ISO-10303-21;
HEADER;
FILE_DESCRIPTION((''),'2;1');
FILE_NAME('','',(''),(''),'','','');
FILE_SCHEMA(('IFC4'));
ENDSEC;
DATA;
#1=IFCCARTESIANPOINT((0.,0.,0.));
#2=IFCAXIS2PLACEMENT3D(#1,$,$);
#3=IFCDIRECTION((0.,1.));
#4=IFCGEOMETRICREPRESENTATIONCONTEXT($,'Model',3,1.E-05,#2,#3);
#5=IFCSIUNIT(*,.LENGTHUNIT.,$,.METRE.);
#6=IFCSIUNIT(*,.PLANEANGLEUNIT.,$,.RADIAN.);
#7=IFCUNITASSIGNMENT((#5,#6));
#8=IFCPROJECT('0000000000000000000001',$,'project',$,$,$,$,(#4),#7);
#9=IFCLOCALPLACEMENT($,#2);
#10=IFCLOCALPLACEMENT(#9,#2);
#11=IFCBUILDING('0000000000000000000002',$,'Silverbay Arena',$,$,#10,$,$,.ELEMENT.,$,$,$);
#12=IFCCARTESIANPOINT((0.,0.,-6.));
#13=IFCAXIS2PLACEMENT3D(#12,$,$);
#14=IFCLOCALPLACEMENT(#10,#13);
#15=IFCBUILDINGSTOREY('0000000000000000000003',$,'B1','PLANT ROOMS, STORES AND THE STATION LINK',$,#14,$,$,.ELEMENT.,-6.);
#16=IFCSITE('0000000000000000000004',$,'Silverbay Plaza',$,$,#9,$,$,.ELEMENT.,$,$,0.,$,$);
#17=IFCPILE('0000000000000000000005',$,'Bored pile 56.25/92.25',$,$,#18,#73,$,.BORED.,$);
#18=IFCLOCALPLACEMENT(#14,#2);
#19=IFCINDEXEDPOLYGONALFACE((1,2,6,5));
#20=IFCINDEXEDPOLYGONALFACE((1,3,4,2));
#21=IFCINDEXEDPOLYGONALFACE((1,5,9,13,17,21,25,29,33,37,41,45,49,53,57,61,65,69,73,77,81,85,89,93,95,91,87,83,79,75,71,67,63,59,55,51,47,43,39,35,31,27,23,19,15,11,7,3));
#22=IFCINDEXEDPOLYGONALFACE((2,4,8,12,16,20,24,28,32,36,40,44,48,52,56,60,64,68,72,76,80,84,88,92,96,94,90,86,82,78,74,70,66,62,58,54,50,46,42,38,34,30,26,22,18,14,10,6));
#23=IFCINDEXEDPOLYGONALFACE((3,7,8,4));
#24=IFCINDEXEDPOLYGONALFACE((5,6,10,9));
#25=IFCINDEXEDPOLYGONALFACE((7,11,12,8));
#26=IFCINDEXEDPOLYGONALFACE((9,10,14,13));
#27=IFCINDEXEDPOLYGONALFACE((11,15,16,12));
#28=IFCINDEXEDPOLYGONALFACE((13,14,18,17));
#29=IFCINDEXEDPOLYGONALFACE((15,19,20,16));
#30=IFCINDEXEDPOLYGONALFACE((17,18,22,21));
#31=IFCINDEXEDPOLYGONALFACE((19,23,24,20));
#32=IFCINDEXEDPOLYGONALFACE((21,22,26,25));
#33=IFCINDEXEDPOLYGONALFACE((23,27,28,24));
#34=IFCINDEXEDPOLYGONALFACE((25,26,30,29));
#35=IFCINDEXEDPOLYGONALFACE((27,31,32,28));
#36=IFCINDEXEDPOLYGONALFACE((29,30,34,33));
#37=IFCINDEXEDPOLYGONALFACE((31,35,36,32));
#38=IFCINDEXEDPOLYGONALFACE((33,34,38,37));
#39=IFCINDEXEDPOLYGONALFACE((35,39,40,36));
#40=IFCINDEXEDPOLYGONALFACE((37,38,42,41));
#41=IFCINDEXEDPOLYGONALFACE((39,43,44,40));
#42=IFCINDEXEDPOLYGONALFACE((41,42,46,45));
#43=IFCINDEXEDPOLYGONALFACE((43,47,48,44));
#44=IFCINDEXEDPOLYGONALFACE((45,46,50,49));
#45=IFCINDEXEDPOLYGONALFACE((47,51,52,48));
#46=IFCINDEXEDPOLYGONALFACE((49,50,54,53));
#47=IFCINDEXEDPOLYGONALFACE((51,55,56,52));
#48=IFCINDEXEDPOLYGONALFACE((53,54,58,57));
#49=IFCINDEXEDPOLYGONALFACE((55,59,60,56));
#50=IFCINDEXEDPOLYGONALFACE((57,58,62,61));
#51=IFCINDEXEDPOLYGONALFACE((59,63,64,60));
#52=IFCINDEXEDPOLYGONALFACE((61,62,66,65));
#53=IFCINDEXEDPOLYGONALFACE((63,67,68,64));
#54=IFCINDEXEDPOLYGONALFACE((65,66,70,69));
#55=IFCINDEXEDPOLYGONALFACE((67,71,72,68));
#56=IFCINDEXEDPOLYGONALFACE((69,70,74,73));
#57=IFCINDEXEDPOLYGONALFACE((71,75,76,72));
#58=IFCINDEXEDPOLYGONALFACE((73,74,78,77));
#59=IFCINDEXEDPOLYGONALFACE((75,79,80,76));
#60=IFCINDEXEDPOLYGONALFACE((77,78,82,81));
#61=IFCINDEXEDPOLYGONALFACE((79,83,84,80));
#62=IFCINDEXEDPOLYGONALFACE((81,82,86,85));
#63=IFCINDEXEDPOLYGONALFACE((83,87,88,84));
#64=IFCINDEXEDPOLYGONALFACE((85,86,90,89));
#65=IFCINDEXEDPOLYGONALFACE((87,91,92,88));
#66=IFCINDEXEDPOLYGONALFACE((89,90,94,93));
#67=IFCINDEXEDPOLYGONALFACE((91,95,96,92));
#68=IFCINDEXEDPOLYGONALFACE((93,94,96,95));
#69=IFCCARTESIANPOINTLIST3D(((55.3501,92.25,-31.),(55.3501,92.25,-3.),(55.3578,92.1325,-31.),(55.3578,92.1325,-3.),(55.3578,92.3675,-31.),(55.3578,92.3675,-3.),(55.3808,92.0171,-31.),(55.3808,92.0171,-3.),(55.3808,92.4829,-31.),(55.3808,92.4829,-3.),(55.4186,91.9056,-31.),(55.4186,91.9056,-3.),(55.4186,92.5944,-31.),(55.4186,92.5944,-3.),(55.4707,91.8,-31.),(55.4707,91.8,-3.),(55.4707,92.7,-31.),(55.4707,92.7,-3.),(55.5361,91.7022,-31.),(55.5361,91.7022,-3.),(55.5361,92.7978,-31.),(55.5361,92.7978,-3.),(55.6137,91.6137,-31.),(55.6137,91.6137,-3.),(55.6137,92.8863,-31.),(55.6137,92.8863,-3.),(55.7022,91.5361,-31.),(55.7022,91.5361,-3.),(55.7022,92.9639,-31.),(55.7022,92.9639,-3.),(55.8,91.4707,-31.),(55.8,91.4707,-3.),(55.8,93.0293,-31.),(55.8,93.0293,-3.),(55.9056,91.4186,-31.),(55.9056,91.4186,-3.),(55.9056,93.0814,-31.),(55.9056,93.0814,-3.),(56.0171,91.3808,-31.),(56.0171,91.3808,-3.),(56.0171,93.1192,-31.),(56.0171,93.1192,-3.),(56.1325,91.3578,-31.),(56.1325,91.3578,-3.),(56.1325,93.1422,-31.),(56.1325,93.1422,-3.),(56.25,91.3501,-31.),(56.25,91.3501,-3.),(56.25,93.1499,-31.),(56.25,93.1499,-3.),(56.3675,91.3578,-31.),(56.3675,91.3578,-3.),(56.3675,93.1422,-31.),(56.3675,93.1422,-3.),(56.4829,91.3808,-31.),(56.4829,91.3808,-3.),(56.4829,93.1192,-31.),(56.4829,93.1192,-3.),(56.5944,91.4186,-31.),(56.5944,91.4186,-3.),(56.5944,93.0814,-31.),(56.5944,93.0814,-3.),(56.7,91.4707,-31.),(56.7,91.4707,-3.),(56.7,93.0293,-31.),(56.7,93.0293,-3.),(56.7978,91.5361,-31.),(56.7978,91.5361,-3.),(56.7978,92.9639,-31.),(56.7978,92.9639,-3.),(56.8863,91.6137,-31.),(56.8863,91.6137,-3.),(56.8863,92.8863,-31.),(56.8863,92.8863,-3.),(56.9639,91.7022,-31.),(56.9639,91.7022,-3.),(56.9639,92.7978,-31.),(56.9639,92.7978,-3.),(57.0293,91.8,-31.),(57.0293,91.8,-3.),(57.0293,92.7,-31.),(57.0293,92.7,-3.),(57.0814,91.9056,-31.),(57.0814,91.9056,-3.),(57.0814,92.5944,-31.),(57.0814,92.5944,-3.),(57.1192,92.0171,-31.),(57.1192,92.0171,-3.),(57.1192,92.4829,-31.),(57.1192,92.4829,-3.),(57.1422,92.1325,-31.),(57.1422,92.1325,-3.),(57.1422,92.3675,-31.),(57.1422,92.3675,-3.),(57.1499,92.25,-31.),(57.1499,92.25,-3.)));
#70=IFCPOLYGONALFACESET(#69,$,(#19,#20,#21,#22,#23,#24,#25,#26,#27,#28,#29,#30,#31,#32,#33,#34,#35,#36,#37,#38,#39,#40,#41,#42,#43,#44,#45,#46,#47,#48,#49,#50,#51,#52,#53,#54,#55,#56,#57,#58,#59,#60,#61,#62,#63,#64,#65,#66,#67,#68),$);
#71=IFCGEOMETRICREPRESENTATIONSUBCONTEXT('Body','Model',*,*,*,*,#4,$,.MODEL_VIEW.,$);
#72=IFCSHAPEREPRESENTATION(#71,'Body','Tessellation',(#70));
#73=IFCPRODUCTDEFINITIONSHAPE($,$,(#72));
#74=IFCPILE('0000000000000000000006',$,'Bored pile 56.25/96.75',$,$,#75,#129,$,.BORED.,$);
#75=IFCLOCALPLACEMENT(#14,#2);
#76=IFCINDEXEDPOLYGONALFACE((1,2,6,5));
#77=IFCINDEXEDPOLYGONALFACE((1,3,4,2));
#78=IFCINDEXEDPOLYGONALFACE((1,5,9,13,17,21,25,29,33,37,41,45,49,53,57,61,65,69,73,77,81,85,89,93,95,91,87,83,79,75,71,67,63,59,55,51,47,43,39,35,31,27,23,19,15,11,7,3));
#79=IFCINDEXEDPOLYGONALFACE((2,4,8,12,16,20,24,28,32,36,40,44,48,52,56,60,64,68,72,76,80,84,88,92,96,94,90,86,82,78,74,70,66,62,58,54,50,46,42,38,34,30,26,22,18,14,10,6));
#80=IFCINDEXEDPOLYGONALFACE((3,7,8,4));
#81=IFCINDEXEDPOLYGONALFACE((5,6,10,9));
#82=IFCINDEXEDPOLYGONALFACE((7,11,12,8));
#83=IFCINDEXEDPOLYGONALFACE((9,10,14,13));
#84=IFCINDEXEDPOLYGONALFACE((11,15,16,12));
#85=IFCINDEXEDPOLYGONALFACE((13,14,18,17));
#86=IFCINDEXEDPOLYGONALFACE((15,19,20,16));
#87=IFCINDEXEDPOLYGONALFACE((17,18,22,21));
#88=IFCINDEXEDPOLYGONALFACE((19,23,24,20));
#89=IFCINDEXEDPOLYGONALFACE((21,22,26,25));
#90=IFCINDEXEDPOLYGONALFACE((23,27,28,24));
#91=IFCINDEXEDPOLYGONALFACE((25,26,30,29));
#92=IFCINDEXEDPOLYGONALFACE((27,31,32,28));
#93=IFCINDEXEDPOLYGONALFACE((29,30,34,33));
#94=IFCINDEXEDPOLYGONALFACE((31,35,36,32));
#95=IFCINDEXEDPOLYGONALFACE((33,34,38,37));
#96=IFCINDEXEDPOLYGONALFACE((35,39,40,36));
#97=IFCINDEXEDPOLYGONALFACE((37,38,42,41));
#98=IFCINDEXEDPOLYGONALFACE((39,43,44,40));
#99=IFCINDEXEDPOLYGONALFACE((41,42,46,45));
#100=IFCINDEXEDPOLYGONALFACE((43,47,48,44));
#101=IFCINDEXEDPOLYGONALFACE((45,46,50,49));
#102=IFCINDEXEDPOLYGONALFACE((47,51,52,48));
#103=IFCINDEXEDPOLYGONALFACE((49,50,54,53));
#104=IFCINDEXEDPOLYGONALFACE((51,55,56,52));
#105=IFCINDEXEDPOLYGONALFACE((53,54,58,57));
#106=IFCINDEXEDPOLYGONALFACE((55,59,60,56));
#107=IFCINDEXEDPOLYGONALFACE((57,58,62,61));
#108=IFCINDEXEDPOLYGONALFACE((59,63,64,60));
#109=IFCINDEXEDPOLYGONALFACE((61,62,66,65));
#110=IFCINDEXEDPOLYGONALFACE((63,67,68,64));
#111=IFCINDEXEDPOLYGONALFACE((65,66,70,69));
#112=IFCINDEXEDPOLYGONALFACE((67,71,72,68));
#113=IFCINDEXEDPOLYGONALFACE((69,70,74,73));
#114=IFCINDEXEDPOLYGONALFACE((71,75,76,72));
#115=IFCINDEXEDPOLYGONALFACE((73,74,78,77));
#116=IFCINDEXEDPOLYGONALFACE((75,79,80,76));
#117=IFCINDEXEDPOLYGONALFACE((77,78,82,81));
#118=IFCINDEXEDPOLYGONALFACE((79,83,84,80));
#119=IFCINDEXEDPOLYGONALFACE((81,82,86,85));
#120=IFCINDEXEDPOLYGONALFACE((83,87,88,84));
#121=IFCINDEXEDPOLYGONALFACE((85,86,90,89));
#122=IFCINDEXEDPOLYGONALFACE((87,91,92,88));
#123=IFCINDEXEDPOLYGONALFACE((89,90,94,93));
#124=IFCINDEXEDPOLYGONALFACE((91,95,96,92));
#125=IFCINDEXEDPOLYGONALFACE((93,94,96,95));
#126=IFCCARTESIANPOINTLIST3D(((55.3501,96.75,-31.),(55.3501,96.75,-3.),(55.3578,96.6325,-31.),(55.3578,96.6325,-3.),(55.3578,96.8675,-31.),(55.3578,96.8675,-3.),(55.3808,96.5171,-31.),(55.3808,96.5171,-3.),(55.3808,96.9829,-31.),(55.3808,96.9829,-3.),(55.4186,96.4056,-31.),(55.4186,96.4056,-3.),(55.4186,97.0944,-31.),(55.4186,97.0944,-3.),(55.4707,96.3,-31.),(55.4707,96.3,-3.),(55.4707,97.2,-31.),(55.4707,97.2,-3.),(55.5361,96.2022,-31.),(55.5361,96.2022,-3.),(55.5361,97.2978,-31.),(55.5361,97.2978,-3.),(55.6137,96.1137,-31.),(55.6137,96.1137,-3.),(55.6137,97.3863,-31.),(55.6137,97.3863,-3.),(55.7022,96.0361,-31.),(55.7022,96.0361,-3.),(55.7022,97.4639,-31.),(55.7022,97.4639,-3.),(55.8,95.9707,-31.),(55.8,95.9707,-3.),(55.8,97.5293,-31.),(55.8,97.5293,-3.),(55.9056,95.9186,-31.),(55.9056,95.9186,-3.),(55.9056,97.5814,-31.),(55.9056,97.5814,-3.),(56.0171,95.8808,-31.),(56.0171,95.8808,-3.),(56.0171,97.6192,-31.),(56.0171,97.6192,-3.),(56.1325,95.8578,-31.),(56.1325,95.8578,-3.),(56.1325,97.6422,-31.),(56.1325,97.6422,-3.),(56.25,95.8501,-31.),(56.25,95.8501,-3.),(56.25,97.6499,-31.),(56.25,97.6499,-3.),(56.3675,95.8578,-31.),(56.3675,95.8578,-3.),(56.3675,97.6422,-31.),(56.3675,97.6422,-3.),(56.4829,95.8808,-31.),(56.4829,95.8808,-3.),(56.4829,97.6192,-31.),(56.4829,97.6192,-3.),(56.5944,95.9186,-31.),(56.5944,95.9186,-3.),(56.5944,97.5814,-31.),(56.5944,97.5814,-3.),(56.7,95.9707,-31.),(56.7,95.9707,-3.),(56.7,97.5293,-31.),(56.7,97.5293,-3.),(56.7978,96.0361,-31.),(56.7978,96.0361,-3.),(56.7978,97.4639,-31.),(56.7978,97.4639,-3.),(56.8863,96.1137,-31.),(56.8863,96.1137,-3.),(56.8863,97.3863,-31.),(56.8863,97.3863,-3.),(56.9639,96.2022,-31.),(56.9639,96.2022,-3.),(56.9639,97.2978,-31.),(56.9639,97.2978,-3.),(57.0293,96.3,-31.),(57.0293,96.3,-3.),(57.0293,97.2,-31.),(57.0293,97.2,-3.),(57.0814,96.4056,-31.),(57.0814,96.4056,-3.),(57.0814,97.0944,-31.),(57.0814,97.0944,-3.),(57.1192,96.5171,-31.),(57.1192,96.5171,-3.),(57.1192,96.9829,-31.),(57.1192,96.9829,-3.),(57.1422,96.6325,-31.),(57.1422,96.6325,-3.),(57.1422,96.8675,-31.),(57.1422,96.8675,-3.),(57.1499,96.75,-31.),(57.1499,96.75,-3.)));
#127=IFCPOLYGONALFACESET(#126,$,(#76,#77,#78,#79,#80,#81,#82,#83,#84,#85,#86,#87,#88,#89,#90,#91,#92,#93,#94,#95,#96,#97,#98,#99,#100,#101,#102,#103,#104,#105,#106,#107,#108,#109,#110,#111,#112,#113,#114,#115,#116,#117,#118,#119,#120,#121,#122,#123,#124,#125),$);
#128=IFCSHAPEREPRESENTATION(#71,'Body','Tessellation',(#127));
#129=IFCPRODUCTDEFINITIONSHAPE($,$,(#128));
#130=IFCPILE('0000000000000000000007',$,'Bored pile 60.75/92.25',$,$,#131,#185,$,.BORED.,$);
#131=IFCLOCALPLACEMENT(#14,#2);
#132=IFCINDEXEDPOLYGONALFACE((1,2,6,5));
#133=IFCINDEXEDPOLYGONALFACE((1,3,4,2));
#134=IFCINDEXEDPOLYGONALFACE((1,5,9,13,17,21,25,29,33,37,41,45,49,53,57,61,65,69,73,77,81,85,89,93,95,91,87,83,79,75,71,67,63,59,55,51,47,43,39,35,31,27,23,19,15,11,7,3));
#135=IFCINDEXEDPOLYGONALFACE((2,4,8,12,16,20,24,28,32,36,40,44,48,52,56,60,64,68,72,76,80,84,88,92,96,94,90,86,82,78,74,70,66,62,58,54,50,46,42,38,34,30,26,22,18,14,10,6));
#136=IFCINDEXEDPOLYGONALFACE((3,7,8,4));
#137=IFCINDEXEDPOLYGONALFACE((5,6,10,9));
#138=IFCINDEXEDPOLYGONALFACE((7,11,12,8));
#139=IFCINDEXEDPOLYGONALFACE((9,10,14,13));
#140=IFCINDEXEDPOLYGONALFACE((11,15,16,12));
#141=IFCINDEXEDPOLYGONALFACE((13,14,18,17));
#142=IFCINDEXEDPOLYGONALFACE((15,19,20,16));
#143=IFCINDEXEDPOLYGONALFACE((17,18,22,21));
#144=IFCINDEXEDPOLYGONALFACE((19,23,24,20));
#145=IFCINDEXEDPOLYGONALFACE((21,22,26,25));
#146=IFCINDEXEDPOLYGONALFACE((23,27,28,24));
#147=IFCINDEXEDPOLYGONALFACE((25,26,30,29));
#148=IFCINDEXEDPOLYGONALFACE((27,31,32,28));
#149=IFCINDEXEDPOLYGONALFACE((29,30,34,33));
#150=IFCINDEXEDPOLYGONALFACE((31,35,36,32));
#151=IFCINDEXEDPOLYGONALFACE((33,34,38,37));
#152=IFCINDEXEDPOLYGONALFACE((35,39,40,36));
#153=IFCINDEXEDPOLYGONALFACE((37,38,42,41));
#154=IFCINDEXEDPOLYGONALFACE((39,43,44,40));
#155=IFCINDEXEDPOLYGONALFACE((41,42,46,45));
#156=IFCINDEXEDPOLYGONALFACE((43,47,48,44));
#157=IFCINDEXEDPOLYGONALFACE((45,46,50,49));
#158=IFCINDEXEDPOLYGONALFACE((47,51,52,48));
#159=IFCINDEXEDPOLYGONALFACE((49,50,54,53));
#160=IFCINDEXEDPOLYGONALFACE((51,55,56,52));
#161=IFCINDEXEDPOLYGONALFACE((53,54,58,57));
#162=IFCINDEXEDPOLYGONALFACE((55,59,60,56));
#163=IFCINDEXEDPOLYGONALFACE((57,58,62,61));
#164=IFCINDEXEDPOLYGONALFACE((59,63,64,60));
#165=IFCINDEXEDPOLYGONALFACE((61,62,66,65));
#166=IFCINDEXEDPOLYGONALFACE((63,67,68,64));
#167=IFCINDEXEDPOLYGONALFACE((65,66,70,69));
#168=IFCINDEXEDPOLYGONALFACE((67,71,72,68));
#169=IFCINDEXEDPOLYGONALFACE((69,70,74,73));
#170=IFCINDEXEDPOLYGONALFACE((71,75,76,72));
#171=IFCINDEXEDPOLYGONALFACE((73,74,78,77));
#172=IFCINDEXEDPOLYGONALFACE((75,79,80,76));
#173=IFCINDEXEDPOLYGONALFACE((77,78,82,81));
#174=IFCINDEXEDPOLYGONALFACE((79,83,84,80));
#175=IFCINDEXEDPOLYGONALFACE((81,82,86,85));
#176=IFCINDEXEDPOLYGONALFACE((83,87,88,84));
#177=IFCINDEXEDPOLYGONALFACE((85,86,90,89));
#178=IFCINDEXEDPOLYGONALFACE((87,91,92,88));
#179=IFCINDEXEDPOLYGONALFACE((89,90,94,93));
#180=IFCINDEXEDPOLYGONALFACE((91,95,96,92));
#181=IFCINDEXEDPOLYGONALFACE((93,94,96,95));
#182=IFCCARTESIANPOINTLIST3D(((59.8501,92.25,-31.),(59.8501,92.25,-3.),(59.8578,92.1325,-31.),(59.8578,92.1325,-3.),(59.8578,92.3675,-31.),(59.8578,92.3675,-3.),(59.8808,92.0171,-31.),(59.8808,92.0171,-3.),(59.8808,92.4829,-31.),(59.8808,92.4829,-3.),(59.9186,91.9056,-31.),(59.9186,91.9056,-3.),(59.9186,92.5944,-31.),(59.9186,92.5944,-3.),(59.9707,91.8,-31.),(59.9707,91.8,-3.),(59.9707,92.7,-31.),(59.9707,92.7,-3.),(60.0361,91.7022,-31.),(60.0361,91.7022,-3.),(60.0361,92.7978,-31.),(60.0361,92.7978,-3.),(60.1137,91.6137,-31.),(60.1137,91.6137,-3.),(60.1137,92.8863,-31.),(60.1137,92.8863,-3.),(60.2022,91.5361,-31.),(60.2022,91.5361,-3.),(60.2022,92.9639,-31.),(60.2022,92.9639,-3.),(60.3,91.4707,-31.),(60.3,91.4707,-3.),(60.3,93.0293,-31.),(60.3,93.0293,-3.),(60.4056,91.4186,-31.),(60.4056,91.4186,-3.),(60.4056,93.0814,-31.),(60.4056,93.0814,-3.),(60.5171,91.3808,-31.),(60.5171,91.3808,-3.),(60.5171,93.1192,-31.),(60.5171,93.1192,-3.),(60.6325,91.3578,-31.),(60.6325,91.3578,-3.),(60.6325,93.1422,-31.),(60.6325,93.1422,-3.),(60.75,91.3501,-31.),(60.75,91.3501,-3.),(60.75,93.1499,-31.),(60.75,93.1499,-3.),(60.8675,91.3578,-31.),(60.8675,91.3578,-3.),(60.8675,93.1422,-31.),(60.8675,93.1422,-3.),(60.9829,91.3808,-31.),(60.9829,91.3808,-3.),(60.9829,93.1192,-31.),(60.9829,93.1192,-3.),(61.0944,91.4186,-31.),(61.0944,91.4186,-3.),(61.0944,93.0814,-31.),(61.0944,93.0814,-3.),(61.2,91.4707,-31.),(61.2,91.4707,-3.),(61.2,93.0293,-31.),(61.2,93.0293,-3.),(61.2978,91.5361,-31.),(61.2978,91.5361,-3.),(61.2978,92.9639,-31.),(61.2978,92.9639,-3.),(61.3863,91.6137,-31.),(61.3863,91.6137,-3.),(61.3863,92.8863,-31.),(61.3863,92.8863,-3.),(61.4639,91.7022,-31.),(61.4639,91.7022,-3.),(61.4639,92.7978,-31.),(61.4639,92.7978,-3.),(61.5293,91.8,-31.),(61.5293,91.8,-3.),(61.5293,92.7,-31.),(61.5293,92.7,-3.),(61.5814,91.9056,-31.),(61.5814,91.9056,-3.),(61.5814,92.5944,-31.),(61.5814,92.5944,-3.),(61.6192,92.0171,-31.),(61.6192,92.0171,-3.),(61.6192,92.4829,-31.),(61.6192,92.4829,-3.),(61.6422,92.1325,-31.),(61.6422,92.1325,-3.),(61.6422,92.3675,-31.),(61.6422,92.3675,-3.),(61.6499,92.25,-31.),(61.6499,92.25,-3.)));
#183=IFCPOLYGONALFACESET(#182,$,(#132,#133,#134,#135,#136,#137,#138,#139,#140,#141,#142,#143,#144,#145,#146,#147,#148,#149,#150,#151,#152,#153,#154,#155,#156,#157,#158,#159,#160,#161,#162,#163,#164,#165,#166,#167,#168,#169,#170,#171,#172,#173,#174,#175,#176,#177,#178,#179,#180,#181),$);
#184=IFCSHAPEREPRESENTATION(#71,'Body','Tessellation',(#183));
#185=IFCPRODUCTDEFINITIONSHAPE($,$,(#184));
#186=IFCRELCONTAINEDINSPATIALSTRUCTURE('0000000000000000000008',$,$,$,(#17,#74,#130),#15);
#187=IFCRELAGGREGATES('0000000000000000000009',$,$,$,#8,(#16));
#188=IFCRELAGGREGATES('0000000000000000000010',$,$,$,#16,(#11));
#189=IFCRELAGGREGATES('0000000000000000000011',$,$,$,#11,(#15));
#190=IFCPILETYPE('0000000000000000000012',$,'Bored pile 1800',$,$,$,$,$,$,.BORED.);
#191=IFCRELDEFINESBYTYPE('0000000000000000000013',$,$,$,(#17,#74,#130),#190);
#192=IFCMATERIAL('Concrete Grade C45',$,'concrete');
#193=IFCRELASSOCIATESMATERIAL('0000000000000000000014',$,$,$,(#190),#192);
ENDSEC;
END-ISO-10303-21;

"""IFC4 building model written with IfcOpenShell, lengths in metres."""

from ifc_helpers import new_model, si_unit, direction, frame, origin, origin_2d, place, context, subcontext, project, spatial, circle, extrude, material, material_profile, profile_set, type_object, element, save


model = new_model("IFC4")

# Units and contexts
model_context = context("Model", 3, precision=1e-05, world=origin(), true_north=direction((0.0, 1.0)))
body_context = subcontext(model_context, "Body", "Model", "MODEL_VIEW")
ifc_project = project(units=[si_unit("LENGTHUNIT", "METRE"), si_unit("PLANEANGLEUNIT", "RADIAN")], contexts=[model_context])

# Site, building, storey
site_placement = place(None, origin())
site = spatial("IfcSite", under=ifc_project, at=site_placement, Name="Silverbay Plaza", CompositionType="ELEMENT", RefElevation=0.0)
building_placement = place(site_placement, origin())
building = spatial("IfcBuilding", under=site, at=building_placement, Name="Silverbay Arena", CompositionType="ELEMENT")
storey_placement = place(building_placement, frame((0.0, 0.0, -6.0)))
storey = spatial("IfcBuildingStorey", under=building, at=storey_placement, Name="B1", Description="PLANT ROOMS, STORES AND THE STATION LINK", CompositionType="ELEMENT", Elevation=-6.0)

# Piles
ifc_material_1 = material(Name="Concrete Grade C45", Category="concrete")
ifc_material_profile_1 = material_profile(ifc_material_1, circle(Radius=0.8999, at=origin_2d()), Name="Bored pile 1800")
ifc_profile_set_1 = profile_set([ifc_material_profile_1], Name="Concrete Grade C45")
pile_type_1 = type_object("IfcPileType", Name="Bored pile 1800", PredefinedType="BORED", material=ifc_profile_set_1)
for number, where, z_axis, x_axis, name in (
    (1, (56.25, 92.25, -3.0), (0.0, 0.0, -1.0), (1.0, 0.0, 0.0), "Bored pile 56.25/92.25"),
    (2, (56.25, 96.75, -3.0), (0.0, 0.0, -1.0), (1.0, 0.0, 0.0), "Bored pile 56.25/96.75"),
    (3, (60.75, 92.25, -3.0), (0.0, 0.0, -1.0), (1.0, 0.0, 0.0), "Bored pile 60.75/92.25"),
):
    element("IfcPile", number, at=place(storey_placement, frame(where, z_axis=z_axis, x_axis=x_axis)), inside=storey, type_object=pile_type_1, Name=name, PredefinedType="BORED", context=body_context, shape_type="SweptSolid", body=[
        extrude(circle(Radius=0.8999, at=origin_2d()), origin(), (0.0, 0.0, 1.0), 28.0),
    ])

save(model, "model.ifc")
